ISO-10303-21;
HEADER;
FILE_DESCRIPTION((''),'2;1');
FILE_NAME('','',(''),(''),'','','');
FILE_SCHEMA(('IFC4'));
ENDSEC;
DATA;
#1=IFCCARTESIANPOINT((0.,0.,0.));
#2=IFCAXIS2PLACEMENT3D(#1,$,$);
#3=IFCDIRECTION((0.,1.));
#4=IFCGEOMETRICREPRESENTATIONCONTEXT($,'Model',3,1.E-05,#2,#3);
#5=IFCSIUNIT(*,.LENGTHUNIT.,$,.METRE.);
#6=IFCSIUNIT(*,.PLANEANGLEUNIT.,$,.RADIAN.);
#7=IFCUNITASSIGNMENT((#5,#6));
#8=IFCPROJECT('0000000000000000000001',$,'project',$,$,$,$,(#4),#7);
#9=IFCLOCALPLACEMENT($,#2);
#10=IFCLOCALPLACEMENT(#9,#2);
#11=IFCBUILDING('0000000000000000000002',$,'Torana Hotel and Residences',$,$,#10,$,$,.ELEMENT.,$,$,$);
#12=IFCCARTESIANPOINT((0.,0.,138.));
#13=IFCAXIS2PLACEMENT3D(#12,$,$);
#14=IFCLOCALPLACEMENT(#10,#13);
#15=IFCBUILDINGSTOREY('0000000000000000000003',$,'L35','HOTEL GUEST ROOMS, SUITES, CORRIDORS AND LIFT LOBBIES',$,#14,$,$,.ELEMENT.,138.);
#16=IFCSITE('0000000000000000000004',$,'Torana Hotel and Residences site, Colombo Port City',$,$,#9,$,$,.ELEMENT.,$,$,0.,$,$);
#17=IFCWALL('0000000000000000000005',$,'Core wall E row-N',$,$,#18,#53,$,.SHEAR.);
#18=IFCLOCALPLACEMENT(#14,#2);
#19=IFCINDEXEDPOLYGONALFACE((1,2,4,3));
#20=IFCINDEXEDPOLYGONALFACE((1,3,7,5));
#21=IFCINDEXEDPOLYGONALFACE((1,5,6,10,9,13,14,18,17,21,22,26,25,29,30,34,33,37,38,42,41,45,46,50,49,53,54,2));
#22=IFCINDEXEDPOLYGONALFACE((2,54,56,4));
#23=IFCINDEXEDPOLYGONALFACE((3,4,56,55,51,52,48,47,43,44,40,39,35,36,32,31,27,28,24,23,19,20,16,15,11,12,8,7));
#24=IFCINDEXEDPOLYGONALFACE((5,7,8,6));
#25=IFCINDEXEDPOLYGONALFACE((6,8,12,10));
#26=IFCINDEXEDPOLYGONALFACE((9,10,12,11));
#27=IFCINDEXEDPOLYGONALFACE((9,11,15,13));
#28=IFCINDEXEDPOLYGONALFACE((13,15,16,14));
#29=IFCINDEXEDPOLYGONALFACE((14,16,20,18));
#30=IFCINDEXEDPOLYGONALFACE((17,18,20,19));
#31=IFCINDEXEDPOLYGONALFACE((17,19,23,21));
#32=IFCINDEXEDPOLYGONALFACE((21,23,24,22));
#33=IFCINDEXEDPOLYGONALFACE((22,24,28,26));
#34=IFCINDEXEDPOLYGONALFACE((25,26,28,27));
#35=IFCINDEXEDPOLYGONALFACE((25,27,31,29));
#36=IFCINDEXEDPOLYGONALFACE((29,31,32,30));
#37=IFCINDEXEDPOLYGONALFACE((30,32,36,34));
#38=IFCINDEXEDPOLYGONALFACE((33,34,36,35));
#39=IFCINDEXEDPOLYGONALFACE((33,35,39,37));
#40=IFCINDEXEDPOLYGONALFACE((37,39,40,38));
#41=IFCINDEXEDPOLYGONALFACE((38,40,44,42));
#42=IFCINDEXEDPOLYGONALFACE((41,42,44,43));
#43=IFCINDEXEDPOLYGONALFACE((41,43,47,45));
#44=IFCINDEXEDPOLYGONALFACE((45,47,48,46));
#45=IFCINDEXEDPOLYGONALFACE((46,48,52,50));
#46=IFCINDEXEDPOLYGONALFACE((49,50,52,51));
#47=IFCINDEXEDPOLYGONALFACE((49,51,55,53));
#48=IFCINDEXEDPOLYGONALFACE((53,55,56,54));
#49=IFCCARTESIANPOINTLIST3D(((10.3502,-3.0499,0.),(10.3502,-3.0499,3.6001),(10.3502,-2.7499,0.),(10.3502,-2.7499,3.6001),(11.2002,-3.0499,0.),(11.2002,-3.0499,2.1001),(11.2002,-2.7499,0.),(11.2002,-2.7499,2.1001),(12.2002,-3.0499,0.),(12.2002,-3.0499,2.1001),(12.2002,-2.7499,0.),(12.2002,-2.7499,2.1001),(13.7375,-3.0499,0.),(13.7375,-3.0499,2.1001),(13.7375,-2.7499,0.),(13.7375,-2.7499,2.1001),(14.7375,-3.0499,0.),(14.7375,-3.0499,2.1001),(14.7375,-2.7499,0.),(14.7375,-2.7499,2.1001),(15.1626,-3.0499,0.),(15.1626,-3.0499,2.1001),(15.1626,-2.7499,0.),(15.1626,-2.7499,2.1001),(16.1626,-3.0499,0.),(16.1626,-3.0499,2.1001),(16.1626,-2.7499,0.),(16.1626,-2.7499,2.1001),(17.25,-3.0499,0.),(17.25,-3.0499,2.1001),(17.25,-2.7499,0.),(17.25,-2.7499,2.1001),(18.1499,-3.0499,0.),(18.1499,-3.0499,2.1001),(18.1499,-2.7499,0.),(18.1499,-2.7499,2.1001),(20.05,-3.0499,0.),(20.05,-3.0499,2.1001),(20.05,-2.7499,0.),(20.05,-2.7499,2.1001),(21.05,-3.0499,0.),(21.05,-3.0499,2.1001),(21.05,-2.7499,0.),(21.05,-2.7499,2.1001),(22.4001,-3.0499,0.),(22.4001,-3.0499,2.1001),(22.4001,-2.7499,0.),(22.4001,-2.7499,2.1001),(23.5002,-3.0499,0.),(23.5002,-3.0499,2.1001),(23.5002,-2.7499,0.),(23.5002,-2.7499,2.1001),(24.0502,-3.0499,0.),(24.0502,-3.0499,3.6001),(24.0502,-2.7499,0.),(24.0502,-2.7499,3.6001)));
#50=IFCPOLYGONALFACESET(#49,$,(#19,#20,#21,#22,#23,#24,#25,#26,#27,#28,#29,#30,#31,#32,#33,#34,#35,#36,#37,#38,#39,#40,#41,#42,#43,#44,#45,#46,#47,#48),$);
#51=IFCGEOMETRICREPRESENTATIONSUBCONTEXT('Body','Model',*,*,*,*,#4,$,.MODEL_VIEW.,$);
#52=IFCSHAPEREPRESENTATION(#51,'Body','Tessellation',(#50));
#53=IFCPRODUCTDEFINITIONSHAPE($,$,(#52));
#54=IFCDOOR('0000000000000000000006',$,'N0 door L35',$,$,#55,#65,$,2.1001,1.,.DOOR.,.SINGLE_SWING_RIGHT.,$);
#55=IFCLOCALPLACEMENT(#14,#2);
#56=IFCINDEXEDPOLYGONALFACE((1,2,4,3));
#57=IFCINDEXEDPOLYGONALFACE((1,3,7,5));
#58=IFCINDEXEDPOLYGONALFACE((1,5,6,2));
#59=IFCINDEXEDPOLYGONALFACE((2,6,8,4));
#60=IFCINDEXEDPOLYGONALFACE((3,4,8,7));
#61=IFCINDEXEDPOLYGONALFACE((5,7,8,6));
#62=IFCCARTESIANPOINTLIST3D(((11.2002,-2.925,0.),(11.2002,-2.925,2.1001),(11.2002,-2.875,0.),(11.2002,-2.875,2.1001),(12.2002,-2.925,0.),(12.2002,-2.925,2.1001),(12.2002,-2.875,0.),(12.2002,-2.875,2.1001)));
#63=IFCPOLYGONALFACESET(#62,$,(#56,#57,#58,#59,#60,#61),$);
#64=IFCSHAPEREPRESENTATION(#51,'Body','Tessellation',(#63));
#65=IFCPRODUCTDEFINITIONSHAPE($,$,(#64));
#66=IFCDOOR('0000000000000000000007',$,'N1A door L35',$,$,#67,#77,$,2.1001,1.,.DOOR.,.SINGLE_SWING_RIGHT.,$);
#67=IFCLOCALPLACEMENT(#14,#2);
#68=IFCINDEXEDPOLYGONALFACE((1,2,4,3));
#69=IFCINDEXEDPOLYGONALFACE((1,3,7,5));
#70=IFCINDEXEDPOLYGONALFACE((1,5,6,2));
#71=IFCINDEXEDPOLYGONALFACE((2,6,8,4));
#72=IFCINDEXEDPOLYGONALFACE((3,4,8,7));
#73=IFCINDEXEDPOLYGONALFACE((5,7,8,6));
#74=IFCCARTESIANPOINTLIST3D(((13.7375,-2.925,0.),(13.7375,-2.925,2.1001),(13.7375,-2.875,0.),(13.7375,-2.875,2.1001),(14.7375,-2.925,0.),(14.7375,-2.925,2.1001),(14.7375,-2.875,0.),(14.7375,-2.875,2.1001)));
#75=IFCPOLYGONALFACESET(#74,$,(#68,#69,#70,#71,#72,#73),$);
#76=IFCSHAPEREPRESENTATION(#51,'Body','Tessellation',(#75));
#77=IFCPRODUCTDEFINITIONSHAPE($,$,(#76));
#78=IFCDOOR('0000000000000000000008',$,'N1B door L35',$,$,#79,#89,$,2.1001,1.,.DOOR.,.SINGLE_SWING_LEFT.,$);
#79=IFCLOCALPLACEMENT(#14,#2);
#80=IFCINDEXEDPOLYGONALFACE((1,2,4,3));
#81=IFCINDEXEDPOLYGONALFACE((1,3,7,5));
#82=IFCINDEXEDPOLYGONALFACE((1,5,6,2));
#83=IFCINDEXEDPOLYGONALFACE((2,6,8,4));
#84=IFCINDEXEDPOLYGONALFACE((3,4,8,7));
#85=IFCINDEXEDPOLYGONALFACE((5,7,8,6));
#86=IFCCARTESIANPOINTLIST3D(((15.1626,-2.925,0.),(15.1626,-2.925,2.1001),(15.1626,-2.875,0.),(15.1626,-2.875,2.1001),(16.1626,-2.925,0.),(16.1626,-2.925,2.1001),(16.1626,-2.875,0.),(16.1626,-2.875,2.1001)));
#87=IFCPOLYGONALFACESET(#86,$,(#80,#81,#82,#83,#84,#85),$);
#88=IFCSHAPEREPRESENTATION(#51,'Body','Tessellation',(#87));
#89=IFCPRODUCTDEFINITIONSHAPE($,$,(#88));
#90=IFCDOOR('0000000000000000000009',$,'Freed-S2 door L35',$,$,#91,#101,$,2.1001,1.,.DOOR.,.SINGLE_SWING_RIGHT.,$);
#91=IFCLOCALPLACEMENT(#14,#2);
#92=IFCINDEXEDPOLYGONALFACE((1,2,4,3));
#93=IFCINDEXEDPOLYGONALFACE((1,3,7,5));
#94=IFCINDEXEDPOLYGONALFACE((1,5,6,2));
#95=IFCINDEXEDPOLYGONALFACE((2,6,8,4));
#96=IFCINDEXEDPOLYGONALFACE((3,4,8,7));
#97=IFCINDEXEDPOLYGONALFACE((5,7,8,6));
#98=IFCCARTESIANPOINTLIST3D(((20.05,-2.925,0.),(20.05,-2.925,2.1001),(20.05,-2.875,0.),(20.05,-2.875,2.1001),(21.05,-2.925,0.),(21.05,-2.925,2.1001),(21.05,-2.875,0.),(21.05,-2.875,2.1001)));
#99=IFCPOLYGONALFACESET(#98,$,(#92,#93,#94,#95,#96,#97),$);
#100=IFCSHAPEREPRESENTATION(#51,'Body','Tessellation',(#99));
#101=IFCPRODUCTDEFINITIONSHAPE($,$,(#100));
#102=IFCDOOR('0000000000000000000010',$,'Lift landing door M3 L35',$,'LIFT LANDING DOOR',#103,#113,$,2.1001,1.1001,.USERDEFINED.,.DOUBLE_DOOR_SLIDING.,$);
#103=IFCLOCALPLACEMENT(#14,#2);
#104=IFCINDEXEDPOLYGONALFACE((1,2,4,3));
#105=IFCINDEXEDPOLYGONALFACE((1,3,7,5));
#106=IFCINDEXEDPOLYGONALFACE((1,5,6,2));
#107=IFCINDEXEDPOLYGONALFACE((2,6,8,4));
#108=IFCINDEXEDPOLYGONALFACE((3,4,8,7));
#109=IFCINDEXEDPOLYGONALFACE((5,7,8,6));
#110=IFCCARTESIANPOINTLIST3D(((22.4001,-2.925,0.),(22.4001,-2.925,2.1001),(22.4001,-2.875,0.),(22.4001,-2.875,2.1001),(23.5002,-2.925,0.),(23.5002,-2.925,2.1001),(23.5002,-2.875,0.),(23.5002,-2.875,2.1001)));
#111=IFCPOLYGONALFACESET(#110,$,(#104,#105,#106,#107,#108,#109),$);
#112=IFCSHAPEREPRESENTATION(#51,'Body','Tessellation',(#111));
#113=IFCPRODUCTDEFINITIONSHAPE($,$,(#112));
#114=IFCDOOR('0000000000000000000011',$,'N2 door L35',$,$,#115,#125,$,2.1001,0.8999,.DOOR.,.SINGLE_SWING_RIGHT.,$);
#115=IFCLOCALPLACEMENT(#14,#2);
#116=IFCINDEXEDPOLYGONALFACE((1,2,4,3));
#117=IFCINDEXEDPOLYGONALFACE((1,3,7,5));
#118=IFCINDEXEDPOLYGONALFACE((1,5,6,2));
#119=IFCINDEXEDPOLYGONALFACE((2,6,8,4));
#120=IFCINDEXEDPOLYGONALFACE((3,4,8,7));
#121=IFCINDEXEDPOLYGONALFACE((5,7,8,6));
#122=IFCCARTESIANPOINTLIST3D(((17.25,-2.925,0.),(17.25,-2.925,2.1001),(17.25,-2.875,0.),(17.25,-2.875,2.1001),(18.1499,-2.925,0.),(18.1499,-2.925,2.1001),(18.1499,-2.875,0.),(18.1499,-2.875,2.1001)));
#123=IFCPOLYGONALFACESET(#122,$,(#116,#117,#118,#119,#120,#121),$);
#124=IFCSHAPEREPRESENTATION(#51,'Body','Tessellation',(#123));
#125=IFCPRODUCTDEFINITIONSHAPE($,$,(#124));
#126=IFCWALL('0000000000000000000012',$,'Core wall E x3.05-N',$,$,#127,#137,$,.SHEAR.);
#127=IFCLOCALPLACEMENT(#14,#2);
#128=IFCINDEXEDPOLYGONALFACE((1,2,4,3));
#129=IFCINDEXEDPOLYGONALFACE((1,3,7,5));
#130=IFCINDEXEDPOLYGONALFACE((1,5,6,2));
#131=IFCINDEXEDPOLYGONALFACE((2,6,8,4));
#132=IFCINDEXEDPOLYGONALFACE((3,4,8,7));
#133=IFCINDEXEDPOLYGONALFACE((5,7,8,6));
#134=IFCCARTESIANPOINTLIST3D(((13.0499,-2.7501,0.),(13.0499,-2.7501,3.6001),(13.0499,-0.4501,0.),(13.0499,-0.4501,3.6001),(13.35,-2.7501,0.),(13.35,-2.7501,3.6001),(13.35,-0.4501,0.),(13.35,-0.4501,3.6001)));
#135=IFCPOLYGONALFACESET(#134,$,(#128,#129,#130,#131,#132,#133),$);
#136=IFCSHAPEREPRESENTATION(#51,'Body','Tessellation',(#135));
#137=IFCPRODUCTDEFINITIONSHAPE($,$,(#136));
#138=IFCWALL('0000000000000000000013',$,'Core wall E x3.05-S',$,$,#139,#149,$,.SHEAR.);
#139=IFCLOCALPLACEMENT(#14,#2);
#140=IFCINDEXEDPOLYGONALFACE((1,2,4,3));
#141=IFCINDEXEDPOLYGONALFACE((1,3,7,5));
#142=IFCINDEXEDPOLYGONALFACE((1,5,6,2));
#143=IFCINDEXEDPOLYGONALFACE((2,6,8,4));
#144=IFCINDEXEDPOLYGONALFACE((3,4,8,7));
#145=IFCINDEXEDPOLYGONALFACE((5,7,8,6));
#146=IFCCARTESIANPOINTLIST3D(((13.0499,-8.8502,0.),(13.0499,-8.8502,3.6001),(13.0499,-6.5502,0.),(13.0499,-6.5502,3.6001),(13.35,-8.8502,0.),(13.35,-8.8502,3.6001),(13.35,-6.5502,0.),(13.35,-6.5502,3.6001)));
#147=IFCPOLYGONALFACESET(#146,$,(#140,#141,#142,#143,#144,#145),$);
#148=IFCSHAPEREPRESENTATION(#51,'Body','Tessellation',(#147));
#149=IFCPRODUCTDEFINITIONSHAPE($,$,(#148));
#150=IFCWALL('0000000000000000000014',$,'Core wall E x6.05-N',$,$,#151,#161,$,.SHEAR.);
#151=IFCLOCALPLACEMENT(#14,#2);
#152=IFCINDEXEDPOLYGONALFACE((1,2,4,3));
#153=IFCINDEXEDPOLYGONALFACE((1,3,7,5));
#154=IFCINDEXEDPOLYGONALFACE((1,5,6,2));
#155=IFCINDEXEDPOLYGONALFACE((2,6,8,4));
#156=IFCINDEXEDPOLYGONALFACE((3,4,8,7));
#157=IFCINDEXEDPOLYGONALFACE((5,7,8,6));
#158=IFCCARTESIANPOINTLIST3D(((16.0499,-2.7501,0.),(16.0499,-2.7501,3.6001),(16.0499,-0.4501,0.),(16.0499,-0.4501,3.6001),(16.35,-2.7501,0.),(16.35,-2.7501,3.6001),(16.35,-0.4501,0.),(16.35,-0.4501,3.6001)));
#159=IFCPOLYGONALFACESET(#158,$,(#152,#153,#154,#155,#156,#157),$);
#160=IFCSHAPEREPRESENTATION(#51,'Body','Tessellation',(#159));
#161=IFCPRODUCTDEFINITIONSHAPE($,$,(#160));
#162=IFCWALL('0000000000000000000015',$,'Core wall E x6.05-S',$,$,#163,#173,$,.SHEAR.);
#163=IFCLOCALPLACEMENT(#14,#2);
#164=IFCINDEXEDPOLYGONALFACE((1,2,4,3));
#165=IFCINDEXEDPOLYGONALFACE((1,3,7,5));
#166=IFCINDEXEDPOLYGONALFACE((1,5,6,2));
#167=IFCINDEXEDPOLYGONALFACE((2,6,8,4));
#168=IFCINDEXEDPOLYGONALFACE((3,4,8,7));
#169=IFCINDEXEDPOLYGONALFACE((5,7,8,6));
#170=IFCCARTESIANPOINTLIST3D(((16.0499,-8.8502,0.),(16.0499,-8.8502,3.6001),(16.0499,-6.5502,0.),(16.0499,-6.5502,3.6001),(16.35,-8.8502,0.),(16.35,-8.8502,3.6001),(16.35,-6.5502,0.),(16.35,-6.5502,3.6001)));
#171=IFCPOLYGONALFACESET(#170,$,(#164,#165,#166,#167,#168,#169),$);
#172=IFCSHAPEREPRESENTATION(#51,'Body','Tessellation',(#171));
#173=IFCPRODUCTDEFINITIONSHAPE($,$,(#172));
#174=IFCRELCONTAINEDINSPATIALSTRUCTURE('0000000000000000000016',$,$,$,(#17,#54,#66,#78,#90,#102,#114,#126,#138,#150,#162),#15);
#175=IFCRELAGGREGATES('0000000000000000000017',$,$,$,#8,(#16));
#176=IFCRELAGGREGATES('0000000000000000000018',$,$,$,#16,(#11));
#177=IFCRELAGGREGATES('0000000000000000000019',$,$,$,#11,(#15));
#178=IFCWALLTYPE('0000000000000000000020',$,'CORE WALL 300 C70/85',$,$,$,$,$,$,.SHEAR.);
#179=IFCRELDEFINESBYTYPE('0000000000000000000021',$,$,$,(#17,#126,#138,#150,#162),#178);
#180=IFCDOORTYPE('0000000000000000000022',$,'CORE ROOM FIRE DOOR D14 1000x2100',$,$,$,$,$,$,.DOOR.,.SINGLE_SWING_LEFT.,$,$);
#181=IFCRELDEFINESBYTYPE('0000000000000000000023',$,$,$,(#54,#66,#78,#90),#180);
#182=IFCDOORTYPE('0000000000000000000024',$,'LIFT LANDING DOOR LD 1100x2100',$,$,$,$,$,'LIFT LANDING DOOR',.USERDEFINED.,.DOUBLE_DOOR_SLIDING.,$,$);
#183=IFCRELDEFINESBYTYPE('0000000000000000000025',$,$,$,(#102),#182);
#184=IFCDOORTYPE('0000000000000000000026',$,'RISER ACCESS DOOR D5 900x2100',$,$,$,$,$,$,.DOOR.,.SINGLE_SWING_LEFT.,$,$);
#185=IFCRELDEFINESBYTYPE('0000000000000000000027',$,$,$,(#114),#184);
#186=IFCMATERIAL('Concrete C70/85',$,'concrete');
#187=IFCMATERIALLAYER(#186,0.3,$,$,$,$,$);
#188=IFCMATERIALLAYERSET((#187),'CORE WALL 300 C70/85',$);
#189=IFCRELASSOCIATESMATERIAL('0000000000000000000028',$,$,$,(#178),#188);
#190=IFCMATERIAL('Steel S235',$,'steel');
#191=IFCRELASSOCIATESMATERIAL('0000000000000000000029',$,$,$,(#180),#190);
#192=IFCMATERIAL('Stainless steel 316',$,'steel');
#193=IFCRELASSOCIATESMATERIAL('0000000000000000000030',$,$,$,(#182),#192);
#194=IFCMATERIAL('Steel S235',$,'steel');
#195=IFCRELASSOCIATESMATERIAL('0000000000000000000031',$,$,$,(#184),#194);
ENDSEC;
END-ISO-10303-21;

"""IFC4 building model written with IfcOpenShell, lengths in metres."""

from ifc_helpers import new_model, si_unit, direction, frame, frame_2d, origin, place, context, subcontext, project, spatial, rectangle, extrude, material, layer, layer_set, type_object, element, fill, save


model = new_model("IFC4")

# Units and contexts
model_context = context("Model", 3, precision=1e-05, world=origin(), true_north=direction((0.0, 1.0)))
body_context = subcontext(model_context, "Body", "Model", "MODEL_VIEW")
ifc_project = project(units=[si_unit("LENGTHUNIT", "METRE"), si_unit("PLANEANGLEUNIT", "RADIAN")], contexts=[model_context])

# Site, building, storey
site_placement = place(None, origin())
site = spatial("IfcSite", under=ifc_project, at=site_placement, Name="Torana Hotel and Residences site, Colombo Port City", CompositionType="ELEMENT", RefElevation=0.0)
building_placement = place(site_placement, origin())
building = spatial("IfcBuilding", under=site, at=building_placement, Name="Torana Hotel and Residences", CompositionType="ELEMENT")
storey_placement = place(building_placement, frame((0.0, 0.0, 138.0)))
storey = spatial("IfcBuildingStorey", under=building, at=storey_placement, Name="L35", Description="HOTEL GUEST ROOMS, SUITES, CORRIDORS AND LIFT LOBBIES", CompositionType="ELEMENT", Elevation=138.0)

# Wall, openings, doors
ifc_material_1 = material(Name="Concrete C70/85", Category="concrete")
ifc_layer_1 = layer(ifc_material_1, 0.3)
ifc_layer_set_1 = layer_set([ifc_layer_1], Name="CORE WALL 300 C70/85")
wall_type_1 = type_object("IfcWallType", Name="CORE WALL 300 C70/85", PredefinedType="SHEAR", material=ifc_layer_set_1)
wall_1_placement = place(storey_placement, frame((10.3501, -2.8999, 0.0), z_axis=(0.0, 0.0, 1.0), x_axis=(1.0, 0.0, 0.0)))
wall_1 = element("IfcWall", 1, at=wall_1_placement, inside=storey, type_object=wall_type_1, Name="Core wall E row-N", PredefinedType="SHEAR", context=body_context, shape_type="SweptSolid", body=[
    extrude(rectangle(XDim=13.7, YDim=0.3, at=frame_2d((6.8501, 0.0))), origin(), (0.0, 0.0, 1.0), 3.6001),
])
opening_1_placement = place(wall_1_placement, frame((12.05, 0.0, 0.0)))
opening_1 = element("IfcOpeningElement", 2, at=opening_1_placement, cuts=wall_1, PredefinedType="OPENING", context=body_context, shape_type="SweptSolid", body=[
    extrude(rectangle(XDim=1.1001, YDim=2.1001, at=frame_2d((0.55, 1.05))), frame((0.0, 0.1599, 0.0), z_axis=(0.0, -1.0, 0.0), x_axis=(1.0, 0.0, 0.0)), (0.0, 0.0, 1.0), 0.3201),
])
opening_2_placement = place(wall_1_placement, frame((6.8999, 0.0, 0.0)))
opening_2 = element("IfcOpeningElement", 3, at=opening_2_placement, cuts=wall_1, PredefinedType="OPENING", context=body_context, shape_type="SweptSolid", body=[
    extrude(rectangle(XDim=0.8999, YDim=2.1001, at=frame_2d((0.45, 1.05))), frame((0.0, 0.1599, 0.0), z_axis=(0.0, -1.0, 0.0), x_axis=(1.0, 0.0, 0.0)), (0.0, 0.0, 1.0), 0.3201),
])
opening_3_placement = place(wall_1_placement, frame((0.8501, 0.0, 0.0)))
opening_3 = element("IfcOpeningElement", 4, at=opening_3_placement, cuts=wall_1, PredefinedType="OPENING", context=body_context, shape_type="SweptSolid", body=[
    extrude(rectangle(XDim=1.0, YDim=2.1001, at=frame_2d((0.5, 1.05))), frame((0.0, 0.1599, 0.0), z_axis=(0.0, -1.0, 0.0), x_axis=(1.0, 0.0, 0.0)), (0.0, 0.0, 1.0), 0.3201),
])
opening_4_placement = place(wall_1_placement, frame((3.3875, 0.0, 0.0)))
opening_4 = element("IfcOpeningElement", 5, at=opening_4_placement, cuts=wall_1, PredefinedType="OPENING", context=body_context, shape_type="SweptSolid", body=[
    extrude(rectangle(XDim=1.0, YDim=2.1001, at=frame_2d((0.5, 1.05))), frame((0.0, 0.1599, 0.0), z_axis=(0.0, -1.0, 0.0), x_axis=(1.0, 0.0, 0.0)), (0.0, 0.0, 1.0), 0.3201),
])
opening_5_placement = place(wall_1_placement, frame((4.8125, 0.0, 0.0)))
opening_5 = element("IfcOpeningElement", 6, at=opening_5_placement, cuts=wall_1, PredefinedType="OPENING", context=body_context, shape_type="SweptSolid", body=[
    extrude(rectangle(XDim=1.0, YDim=2.1001, at=frame_2d((0.5, 1.05))), frame((0.0, 0.1599, 0.0), z_axis=(0.0, -1.0, 0.0), x_axis=(1.0, 0.0, 0.0)), (0.0, 0.0, 1.0), 0.3201),
])
opening_6_placement = place(wall_1_placement, frame((9.7, 0.0, 0.0)))
opening_6 = element("IfcOpeningElement", 7, at=opening_6_placement, cuts=wall_1, PredefinedType="OPENING", context=body_context, shape_type="SweptSolid", body=[
    extrude(rectangle(XDim=1.0, YDim=2.1001, at=frame_2d((0.5, 1.05))), frame((0.0, 0.1599, 0.0), z_axis=(0.0, -1.0, 0.0), x_axis=(1.0, 0.0, 0.0)), (0.0, 0.0, 1.0), 0.3201),
])
ifc_material_2 = material(Name="Steel S235", Category="steel")
door_type_1 = type_object("IfcDoorType", Name="CORE ROOM FIRE DOOR D14 1000x2100", OperationType="SINGLE_SWING_LEFT", PredefinedType="DOOR", material=ifc_material_2)
door_1_placement = place(opening_3_placement, origin())
door_1 = element("IfcDoor", 8, at=door_1_placement, inside=storey, type_object=door_type_1, Name="N0 door L35", OperationType="SINGLE_SWING_RIGHT", OverallHeight=2.1001, OverallWidth=1.0, PredefinedType="DOOR", context=body_context, shape_type="SweptSolid", body=[
    extrude(rectangle(XDim=1.0, YDim=2.1001, at=frame_2d((0.5, 1.05))), frame((0.0, 0.0249, 0.0), z_axis=(0.0, -1.0, 0.0), x_axis=(1.0, 0.0, 0.0)), (0.0, 0.0, 1.0), 0.05),
])
fill(opening_3, door_1)
door_2_placement = place(opening_4_placement, origin())
door_2 = element("IfcDoor", 9, at=door_2_placement, inside=storey, type_object=door_type_1, Name="N1A door L35", OperationType="SINGLE_SWING_RIGHT", OverallHeight=2.1001, OverallWidth=1.0, PredefinedType="DOOR", context=body_context, shape_type="SweptSolid", body=[
    extrude(rectangle(XDim=1.0, YDim=2.1001, at=frame_2d((0.5, 1.05))), frame((0.0, 0.0249, 0.0), z_axis=(0.0, -1.0, 0.0), x_axis=(1.0, 0.0, 0.0)), (0.0, 0.0, 1.0), 0.05),
])
fill(opening_4, door_2)
door_3_placement = place(opening_5_placement, origin())
door_3 = element("IfcDoor", 10, at=door_3_placement, inside=storey, type_object=door_type_1, Name="N1B door L35", OperationType="SINGLE_SWING_LEFT", OverallHeight=2.1001, OverallWidth=1.0, PredefinedType="DOOR", context=body_context, shape_type="SweptSolid", body=[
    extrude(rectangle(XDim=1.0, YDim=2.1001, at=frame_2d((0.5, 1.05))), frame((0.0, 0.0249, 0.0), z_axis=(0.0, -1.0, 0.0), x_axis=(1.0, 0.0, 0.0)), (0.0, 0.0, 1.0), 0.05),
])
fill(opening_5, door_3)
door_4_placement = place(opening_6_placement, origin())
door_4 = element("IfcDoor", 11, at=door_4_placement, inside=storey, type_object=door_type_1, Name="Freed-S2 door L35", OperationType="SINGLE_SWING_RIGHT", OverallHeight=2.1001, OverallWidth=1.0, PredefinedType="DOOR", context=body_context, shape_type="SweptSolid", body=[
    extrude(rectangle(XDim=1.0, YDim=2.1001, at=frame_2d((0.5, 1.05))), frame((0.0, 0.0249, 0.0), z_axis=(0.0, -1.0, 0.0), x_axis=(1.0, 0.0, 0.0)), (0.0, 0.0, 1.0), 0.05),
])
fill(opening_6, door_4)
ifc_material_3 = material(Name="Stainless steel 316", Category="steel")
door_type_2 = type_object("IfcDoorType", Name="LIFT LANDING DOOR LD 1100x2100", ElementType="LIFT LANDING DOOR", OperationType="DOUBLE_DOOR_SLIDING", PredefinedType="USERDEFINED", material=ifc_material_3)
door_5_placement = place(opening_1_placement, origin())
door_5 = element("IfcDoor", 12, at=door_5_placement, inside=storey, type_object=door_type_2, Name="Lift landing door M3 L35", ObjectType="LIFT LANDING DOOR", OperationType="DOUBLE_DOOR_SLIDING", OverallHeight=2.1001, OverallWidth=1.1001, PredefinedType="USERDEFINED", context=body_context, shape_type="SweptSolid", body=[
    extrude(rectangle(XDim=1.1001, YDim=2.1001, at=frame_2d((0.55, 1.05))), frame((0.0, 0.0249, 0.0), z_axis=(0.0, -1.0, 0.0), x_axis=(1.0, 0.0, 0.0)), (0.0, 0.0, 1.0), 0.05),
])
fill(opening_1, door_5)
ifc_material_4 = material(Name="Steel S235", Category="steel")
door_type_3 = type_object("IfcDoorType", Name="RISER ACCESS DOOR D5 900x2100", OperationType="SINGLE_SWING_LEFT", PredefinedType="DOOR", material=ifc_material_4)
door_6_placement = place(opening_2_placement, origin())
door_6 = element("IfcDoor", 13, at=door_6_placement, inside=storey, type_object=door_type_3, Name="N2 door L35", OperationType="SINGLE_SWING_RIGHT", OverallHeight=2.1001, OverallWidth=0.8999, PredefinedType="DOOR", context=body_context, shape_type="SweptSolid", body=[
    extrude(rectangle(XDim=0.8999, YDim=2.1001, at=frame_2d((0.45, 1.05))), frame((0.0, 0.0249, 0.0), z_axis=(0.0, -1.0, 0.0), x_axis=(1.0, 0.0, 0.0)), (0.0, 0.0, 1.0), 0.05),
])
fill(opening_2, door_6)

# Walls
for number, where, z_axis, x_axis, name in (
    (14, (13.2, -2.75, 0.0), (0.0, 0.0, 1.0), (0.0, 1.0, 0.0), "Core wall E x3.05-N"),
    (15, (13.2, -8.8501, 0.0), (0.0, 0.0, 1.0), (0.0, 1.0, 0.0), "Core wall E x3.05-S"),
    (16, (16.2, -2.75, 0.0), (0.0, 0.0, 1.0), (0.0, 1.0, 0.0), "Core wall E x6.05-N"),
    (17, (16.2, -8.8501, 0.0), (0.0, 0.0, 1.0), (0.0, 1.0, 0.0), "Core wall E x6.05-S"),
):
    element("IfcWall", number, at=place(storey_placement, frame(where, z_axis=z_axis, x_axis=x_axis)), inside=storey, type_object=wall_type_1, Name=name, PredefinedType="SHEAR", context=body_context, shape_type="SweptSolid", body=[
        extrude(rectangle(XDim=2.3, YDim=0.3, at=frame_2d((1.1499, 0.0))), origin(), (0.0, 0.0, 1.0), 3.6001),
    ])

save(model, "model.ifc")
